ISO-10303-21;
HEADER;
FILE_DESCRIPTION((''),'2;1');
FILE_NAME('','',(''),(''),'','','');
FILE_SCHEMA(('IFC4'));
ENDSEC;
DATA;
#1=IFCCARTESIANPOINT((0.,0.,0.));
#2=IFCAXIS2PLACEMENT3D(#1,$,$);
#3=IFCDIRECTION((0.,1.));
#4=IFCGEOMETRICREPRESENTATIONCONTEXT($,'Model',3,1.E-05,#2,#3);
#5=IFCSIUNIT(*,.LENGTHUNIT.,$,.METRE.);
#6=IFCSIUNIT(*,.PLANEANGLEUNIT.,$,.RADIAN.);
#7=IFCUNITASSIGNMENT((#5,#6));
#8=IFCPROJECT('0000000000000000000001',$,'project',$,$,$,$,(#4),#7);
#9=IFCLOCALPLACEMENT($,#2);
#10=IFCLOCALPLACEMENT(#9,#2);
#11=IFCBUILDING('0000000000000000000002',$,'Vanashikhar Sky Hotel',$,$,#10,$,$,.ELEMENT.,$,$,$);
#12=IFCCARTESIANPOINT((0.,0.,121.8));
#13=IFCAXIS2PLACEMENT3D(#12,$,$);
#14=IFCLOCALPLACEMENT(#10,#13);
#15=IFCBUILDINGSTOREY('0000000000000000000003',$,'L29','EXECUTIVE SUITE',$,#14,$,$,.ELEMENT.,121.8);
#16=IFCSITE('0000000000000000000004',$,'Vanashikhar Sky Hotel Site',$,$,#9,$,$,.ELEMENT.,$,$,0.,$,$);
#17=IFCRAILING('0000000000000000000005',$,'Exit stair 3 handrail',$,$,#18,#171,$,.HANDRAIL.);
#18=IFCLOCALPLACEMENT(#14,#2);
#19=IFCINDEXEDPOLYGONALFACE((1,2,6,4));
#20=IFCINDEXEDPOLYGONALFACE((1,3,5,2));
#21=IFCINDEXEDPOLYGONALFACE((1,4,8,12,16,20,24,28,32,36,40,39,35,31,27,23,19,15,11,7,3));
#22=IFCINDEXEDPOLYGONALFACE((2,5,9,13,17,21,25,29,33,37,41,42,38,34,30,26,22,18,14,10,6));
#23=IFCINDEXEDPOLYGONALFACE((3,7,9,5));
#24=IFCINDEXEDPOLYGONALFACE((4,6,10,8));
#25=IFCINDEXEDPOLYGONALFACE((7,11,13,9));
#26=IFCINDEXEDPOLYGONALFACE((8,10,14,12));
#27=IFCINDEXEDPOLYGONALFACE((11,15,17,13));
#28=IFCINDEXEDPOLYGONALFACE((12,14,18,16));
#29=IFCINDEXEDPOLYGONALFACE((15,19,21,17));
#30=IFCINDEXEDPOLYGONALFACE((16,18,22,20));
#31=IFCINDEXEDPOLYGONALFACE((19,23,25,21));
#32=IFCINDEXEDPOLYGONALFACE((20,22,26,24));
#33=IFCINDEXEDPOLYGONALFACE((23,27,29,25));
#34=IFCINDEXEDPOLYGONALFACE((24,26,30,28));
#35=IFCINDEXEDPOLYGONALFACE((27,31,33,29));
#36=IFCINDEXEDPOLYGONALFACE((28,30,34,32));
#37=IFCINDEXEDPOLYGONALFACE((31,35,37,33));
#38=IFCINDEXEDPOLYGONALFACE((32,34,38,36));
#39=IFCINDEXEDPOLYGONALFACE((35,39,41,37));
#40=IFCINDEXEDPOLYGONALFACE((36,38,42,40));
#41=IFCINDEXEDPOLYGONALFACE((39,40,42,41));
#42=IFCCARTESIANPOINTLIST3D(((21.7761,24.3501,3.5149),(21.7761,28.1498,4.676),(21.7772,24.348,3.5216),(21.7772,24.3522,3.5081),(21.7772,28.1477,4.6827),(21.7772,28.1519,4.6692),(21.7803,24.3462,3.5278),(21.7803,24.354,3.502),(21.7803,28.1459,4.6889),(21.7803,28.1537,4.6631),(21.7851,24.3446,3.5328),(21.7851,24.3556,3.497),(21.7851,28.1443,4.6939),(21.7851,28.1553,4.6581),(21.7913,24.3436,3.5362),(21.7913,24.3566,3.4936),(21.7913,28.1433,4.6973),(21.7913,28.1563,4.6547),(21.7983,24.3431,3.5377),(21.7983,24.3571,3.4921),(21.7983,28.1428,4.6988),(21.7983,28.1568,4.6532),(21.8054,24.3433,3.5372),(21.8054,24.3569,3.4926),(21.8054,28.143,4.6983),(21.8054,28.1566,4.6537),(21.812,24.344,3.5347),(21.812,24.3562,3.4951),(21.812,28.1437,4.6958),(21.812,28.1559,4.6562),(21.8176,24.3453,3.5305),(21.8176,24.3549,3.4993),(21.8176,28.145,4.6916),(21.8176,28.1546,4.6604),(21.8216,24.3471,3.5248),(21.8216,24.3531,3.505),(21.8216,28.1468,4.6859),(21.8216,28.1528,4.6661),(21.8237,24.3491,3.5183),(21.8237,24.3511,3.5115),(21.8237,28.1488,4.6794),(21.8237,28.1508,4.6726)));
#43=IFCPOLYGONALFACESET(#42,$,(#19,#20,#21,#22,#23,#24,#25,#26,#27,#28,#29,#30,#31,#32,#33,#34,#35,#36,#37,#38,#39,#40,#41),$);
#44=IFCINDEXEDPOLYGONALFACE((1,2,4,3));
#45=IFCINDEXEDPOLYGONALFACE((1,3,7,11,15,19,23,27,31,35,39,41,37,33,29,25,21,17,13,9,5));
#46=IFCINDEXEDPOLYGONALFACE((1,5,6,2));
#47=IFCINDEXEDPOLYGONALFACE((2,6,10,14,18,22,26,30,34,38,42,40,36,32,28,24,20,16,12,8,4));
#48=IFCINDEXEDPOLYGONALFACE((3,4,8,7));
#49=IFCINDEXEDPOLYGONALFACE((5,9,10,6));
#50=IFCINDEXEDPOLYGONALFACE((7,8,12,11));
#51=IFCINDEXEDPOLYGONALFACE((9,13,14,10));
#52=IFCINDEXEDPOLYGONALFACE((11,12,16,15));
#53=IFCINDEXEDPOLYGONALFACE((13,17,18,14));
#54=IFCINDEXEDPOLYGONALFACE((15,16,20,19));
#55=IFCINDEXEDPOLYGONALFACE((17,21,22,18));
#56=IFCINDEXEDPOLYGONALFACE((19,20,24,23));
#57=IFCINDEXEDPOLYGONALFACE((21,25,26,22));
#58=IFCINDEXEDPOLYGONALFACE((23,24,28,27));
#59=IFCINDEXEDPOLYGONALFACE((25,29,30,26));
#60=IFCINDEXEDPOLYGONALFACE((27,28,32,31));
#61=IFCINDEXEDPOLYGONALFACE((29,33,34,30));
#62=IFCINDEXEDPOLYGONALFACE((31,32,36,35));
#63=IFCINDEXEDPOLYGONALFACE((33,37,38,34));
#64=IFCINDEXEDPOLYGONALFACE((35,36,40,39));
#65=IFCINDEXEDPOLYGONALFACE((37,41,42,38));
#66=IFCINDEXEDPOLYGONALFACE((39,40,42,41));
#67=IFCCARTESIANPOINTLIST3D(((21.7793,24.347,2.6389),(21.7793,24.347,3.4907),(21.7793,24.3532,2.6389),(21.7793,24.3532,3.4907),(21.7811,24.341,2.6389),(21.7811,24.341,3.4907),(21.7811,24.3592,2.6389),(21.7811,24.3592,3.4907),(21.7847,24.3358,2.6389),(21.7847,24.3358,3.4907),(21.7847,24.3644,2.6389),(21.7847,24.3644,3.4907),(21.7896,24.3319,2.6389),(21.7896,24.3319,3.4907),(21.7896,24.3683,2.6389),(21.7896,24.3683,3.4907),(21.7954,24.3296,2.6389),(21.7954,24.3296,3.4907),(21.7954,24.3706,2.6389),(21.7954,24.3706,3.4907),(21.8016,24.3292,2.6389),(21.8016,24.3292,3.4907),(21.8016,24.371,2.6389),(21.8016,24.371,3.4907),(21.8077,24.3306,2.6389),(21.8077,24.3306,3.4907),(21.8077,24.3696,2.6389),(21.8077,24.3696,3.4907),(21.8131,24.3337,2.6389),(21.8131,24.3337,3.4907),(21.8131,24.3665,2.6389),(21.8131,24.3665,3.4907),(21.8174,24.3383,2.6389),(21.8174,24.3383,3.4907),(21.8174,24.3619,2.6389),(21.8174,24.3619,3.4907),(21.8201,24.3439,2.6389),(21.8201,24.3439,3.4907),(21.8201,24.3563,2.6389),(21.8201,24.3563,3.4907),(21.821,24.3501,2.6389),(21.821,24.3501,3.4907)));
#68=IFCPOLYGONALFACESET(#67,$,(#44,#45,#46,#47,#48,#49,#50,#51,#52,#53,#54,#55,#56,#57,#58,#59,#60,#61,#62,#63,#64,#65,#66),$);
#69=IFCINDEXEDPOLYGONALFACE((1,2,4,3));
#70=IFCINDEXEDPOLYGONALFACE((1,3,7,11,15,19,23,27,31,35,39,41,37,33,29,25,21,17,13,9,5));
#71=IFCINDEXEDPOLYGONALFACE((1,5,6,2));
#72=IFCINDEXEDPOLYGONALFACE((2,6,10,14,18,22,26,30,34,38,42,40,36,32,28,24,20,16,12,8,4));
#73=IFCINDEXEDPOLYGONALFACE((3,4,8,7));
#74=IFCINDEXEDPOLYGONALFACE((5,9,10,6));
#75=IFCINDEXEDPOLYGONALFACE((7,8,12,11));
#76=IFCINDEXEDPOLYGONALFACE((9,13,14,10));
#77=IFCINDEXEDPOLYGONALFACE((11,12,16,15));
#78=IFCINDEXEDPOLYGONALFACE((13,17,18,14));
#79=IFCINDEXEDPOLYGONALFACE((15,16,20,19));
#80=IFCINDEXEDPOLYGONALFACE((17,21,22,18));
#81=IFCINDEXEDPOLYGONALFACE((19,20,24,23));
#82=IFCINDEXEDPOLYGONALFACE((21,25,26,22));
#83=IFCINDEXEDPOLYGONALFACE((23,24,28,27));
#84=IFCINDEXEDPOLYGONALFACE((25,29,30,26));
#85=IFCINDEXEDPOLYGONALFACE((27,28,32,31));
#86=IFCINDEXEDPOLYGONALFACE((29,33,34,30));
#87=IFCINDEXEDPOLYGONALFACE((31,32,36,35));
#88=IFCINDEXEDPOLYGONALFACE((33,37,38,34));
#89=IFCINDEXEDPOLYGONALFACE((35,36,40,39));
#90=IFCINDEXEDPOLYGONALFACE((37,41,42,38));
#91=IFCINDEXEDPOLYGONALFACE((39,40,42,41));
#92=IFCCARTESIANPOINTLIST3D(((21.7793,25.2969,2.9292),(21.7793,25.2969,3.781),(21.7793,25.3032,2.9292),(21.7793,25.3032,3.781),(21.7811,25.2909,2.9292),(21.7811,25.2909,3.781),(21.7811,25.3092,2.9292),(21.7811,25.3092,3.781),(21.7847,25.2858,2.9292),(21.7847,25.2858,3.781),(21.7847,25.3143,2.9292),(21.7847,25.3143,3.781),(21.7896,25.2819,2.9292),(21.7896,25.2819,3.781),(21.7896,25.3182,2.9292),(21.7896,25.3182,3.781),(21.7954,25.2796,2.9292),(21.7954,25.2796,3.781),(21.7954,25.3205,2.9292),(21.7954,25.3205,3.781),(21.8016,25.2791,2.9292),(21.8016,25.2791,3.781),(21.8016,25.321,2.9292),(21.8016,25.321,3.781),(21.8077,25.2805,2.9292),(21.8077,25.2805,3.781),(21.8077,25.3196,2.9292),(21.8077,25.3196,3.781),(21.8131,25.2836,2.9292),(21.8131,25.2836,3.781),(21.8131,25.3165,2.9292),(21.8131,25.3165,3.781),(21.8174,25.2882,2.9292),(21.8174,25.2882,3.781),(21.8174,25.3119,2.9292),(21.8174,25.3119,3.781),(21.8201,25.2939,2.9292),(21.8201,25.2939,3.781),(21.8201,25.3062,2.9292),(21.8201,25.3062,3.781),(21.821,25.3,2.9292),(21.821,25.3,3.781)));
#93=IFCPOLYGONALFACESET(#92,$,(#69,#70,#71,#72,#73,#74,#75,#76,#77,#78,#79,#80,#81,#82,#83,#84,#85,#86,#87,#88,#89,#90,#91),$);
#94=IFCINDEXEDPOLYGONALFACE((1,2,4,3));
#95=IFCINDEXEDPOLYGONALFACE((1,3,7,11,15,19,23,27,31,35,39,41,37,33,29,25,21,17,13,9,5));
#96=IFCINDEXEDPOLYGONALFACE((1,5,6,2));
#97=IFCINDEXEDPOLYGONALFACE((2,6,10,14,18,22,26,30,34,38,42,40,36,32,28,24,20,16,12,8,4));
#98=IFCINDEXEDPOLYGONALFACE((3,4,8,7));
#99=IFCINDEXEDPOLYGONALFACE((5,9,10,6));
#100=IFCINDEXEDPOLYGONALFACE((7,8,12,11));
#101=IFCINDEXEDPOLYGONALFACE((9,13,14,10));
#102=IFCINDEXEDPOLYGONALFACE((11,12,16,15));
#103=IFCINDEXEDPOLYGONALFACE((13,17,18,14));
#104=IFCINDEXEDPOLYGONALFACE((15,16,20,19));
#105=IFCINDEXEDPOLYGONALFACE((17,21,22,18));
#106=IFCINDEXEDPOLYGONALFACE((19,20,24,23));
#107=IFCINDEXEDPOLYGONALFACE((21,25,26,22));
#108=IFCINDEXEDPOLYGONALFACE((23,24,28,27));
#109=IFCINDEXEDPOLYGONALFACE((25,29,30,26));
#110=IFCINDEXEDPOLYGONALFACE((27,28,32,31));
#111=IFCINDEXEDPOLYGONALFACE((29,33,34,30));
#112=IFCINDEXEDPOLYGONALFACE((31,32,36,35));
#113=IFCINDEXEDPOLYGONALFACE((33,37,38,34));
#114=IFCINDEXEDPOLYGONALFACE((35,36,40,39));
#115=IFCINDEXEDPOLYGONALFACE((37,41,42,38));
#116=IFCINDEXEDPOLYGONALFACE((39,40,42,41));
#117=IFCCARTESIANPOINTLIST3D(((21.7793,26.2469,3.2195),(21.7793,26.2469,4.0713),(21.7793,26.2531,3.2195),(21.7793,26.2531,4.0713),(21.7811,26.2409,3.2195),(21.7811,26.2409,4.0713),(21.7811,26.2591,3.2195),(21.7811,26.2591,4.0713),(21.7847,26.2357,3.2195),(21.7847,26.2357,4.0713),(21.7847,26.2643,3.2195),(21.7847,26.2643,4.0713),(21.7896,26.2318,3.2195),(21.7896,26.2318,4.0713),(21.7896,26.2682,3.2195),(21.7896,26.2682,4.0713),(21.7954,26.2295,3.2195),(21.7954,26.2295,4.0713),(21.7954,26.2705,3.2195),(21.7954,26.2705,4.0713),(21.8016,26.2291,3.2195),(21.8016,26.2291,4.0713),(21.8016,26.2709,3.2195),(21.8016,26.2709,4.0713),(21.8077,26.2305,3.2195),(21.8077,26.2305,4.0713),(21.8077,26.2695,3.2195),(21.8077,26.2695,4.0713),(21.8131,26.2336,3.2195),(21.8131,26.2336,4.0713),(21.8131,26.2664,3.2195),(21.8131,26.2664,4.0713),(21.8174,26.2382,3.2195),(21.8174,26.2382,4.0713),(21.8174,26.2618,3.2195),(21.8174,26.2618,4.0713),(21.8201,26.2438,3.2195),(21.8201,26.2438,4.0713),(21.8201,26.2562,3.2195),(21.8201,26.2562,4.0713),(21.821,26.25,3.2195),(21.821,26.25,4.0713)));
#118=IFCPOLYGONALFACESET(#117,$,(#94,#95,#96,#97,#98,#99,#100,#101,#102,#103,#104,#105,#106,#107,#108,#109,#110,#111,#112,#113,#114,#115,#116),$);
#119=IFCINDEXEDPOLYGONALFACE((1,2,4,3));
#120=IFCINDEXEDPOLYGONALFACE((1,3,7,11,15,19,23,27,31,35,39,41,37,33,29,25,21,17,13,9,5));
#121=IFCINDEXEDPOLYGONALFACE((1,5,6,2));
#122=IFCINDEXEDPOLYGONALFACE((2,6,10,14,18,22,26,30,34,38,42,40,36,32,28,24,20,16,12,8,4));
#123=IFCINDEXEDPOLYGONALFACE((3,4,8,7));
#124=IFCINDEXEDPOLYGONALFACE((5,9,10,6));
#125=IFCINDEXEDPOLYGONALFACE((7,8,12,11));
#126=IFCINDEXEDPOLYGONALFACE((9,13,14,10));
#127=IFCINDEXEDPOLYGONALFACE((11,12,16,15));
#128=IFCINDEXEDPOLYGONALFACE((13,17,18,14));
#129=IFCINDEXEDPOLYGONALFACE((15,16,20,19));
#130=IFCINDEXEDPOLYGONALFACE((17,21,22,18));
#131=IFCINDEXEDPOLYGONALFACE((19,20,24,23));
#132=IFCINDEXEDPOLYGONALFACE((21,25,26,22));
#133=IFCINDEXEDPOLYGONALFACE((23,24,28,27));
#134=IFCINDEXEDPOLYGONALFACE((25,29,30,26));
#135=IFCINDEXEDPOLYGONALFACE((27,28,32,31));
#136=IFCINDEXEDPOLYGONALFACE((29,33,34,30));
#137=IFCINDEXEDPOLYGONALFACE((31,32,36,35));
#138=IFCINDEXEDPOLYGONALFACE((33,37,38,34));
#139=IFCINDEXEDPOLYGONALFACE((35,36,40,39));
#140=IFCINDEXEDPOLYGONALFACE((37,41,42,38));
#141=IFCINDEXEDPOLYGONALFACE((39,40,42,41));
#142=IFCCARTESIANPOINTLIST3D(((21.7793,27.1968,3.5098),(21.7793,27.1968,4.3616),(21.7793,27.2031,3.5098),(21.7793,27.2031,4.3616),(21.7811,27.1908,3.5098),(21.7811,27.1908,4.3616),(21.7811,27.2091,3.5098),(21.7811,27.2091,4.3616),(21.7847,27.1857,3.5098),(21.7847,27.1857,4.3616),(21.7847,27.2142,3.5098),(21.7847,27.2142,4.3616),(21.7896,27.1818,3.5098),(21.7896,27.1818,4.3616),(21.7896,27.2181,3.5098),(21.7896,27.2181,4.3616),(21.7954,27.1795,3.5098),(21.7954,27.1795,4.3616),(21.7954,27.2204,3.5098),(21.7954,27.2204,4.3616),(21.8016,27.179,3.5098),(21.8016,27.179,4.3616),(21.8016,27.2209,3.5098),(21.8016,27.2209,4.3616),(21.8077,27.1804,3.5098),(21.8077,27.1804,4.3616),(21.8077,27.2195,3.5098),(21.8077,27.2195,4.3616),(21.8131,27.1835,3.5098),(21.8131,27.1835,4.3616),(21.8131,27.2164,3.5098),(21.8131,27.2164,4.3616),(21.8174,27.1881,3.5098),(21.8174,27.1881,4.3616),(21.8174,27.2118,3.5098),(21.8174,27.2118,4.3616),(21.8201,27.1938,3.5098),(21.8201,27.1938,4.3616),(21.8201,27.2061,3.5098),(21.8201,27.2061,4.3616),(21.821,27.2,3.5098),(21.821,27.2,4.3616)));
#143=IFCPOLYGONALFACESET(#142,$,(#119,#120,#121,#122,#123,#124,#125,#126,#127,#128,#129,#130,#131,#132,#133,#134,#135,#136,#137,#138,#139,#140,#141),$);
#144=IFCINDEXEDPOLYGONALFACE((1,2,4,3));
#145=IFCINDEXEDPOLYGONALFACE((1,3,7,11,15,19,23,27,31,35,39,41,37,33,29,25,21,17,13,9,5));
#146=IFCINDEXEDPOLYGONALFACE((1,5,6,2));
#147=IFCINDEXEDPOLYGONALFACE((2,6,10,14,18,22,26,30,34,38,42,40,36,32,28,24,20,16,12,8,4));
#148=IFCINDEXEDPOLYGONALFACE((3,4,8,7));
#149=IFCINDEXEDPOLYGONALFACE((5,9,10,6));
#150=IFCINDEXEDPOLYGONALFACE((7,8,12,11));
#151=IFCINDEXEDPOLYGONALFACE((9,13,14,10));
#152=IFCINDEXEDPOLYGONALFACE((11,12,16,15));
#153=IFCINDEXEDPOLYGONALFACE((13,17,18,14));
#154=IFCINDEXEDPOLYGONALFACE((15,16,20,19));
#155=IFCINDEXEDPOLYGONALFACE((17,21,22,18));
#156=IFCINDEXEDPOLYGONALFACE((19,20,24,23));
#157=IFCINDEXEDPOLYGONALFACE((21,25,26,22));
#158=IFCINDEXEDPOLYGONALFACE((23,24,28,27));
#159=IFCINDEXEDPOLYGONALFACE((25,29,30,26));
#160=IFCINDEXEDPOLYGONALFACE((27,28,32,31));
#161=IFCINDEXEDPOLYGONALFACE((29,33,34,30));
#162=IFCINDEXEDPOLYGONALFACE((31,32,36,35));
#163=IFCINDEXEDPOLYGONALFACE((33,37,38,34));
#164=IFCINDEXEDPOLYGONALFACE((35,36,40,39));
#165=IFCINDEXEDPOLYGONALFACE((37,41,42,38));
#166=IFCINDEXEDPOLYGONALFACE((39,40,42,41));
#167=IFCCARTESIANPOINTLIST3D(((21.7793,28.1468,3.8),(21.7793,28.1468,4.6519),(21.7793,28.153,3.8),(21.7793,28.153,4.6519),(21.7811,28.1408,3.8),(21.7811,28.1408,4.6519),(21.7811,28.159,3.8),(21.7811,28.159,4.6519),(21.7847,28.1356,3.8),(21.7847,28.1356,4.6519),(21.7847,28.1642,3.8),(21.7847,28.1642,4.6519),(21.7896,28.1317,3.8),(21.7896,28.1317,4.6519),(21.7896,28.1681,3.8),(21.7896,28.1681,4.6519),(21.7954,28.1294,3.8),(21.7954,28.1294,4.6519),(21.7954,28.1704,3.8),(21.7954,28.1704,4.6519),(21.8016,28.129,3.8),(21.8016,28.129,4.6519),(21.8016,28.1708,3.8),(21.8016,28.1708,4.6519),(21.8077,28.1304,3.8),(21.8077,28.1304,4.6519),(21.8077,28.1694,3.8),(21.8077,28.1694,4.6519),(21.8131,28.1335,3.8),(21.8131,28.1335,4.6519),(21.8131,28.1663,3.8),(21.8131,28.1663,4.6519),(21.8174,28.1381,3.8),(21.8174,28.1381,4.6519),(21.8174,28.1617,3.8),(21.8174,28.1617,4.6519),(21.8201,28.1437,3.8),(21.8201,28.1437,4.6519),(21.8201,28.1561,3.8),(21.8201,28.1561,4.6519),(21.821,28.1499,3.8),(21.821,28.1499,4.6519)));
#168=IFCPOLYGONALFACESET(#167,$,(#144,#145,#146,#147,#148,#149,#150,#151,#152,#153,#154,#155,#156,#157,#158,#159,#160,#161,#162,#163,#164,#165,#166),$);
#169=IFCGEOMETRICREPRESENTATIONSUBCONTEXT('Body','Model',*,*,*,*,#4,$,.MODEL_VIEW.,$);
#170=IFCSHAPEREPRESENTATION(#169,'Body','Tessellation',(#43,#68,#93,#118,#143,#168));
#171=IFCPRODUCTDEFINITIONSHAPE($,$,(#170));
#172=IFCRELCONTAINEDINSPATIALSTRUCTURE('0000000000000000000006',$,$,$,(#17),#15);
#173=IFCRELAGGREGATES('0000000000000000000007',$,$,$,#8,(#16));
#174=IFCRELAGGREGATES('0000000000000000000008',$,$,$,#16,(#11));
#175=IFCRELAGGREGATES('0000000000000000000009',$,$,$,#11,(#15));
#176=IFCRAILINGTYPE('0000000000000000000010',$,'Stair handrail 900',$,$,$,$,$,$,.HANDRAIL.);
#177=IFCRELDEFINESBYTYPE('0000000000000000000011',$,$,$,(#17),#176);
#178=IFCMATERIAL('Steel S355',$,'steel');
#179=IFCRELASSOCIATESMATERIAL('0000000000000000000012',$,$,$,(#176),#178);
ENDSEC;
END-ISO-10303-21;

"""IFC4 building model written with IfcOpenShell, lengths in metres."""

from ifc_helpers import new_model, si_unit, direction, frame, origin, origin_2d, place, context, subcontext, project, spatial, circle, extrude, source, transform, mapped, material, type_object, element, save


model = new_model("IFC4")

# Units and contexts
model_context = context("Model", 3, precision=1e-05, world=origin(), true_north=direction((0.0, 1.0)))
body_context = subcontext(model_context, "Body", "Model", "MODEL_VIEW")
ifc_project = project(units=[si_unit("LENGTHUNIT", "METRE"), si_unit("PLANEANGLEUNIT", "RADIAN")], contexts=[model_context])

# Site, building, storey
site_placement = place(None, origin())
site = spatial("IfcSite", under=ifc_project, at=site_placement, Name="Vanashikhar Sky Hotel Site", CompositionType="ELEMENT", RefElevation=0.0)
building_placement = place(site_placement, origin())
building = spatial("IfcBuilding", under=site, at=building_placement, Name="Vanashikhar Sky Hotel", CompositionType="ELEMENT")
storey_placement = place(building_placement, frame((0.0, 0.0, 121.8)))
storey = spatial("IfcBuildingStorey", under=building, at=storey_placement, Name="L29", Description="EXECUTIVE SUITE", CompositionType="ELEMENT", Elevation=121.8)

# Railing
ifc_material_1 = material(Name="Steel S355", Category="steel")
railing_type_1 = type_object("IfcRailingType", Name="Stair handrail 900", PredefinedType="HANDRAIL", material=ifc_material_1)
shared_shape_1 = source(origin(), body_context, "Body", "SweptSolid", [
    extrude(circle(Radius=0.0239, at=origin_2d()), frame((0.0, 0.0, 0.876), z_axis=(0.0, 0.956346, 0.292237), x_axis=(-1.0, 0.0, 0.0)), (0.0, 0.0, 1.0), 3.9731),
    extrude(circle(Radius=0.021, at=origin_2d()), origin(), (0.0, 0.0, 1.0), 0.8518),
    extrude(circle(Radius=0.021, at=origin_2d()), frame((0.0, 0.95, 0.2903)), (0.0, 0.0, 1.0), 0.8518),
    extrude(circle(Radius=0.021, at=origin_2d()), frame((0.0, 1.8999, 0.5806)), (0.0, 0.0, 1.0), 0.8518),
    extrude(circle(Radius=0.021, at=origin_2d()), frame((0.0, 2.8499, 0.8708)), (0.0, 0.0, 1.0), 0.8518),
    extrude(circle(Radius=0.021, at=origin_2d()), frame((0.0, 3.7998, 1.1611)), (0.0, 0.0, 1.0), 0.8518),
])
for number, where, name in (
    (1, (21.8, 24.3501, 2.6389), "Exit stair 3 handrail"),
):
    element("IfcRailing", number, at=place(storey_placement, frame(where)), inside=storey, type_object=railing_type_1, Name=name, PredefinedType="HANDRAIL", context=body_context, shape_type="MappedRepresentation", body=[
        mapped(shared_shape_1, transform((0.0, 0.0, 0.0), scale=1.0)),
    ])

save(model, "model.ifc")
